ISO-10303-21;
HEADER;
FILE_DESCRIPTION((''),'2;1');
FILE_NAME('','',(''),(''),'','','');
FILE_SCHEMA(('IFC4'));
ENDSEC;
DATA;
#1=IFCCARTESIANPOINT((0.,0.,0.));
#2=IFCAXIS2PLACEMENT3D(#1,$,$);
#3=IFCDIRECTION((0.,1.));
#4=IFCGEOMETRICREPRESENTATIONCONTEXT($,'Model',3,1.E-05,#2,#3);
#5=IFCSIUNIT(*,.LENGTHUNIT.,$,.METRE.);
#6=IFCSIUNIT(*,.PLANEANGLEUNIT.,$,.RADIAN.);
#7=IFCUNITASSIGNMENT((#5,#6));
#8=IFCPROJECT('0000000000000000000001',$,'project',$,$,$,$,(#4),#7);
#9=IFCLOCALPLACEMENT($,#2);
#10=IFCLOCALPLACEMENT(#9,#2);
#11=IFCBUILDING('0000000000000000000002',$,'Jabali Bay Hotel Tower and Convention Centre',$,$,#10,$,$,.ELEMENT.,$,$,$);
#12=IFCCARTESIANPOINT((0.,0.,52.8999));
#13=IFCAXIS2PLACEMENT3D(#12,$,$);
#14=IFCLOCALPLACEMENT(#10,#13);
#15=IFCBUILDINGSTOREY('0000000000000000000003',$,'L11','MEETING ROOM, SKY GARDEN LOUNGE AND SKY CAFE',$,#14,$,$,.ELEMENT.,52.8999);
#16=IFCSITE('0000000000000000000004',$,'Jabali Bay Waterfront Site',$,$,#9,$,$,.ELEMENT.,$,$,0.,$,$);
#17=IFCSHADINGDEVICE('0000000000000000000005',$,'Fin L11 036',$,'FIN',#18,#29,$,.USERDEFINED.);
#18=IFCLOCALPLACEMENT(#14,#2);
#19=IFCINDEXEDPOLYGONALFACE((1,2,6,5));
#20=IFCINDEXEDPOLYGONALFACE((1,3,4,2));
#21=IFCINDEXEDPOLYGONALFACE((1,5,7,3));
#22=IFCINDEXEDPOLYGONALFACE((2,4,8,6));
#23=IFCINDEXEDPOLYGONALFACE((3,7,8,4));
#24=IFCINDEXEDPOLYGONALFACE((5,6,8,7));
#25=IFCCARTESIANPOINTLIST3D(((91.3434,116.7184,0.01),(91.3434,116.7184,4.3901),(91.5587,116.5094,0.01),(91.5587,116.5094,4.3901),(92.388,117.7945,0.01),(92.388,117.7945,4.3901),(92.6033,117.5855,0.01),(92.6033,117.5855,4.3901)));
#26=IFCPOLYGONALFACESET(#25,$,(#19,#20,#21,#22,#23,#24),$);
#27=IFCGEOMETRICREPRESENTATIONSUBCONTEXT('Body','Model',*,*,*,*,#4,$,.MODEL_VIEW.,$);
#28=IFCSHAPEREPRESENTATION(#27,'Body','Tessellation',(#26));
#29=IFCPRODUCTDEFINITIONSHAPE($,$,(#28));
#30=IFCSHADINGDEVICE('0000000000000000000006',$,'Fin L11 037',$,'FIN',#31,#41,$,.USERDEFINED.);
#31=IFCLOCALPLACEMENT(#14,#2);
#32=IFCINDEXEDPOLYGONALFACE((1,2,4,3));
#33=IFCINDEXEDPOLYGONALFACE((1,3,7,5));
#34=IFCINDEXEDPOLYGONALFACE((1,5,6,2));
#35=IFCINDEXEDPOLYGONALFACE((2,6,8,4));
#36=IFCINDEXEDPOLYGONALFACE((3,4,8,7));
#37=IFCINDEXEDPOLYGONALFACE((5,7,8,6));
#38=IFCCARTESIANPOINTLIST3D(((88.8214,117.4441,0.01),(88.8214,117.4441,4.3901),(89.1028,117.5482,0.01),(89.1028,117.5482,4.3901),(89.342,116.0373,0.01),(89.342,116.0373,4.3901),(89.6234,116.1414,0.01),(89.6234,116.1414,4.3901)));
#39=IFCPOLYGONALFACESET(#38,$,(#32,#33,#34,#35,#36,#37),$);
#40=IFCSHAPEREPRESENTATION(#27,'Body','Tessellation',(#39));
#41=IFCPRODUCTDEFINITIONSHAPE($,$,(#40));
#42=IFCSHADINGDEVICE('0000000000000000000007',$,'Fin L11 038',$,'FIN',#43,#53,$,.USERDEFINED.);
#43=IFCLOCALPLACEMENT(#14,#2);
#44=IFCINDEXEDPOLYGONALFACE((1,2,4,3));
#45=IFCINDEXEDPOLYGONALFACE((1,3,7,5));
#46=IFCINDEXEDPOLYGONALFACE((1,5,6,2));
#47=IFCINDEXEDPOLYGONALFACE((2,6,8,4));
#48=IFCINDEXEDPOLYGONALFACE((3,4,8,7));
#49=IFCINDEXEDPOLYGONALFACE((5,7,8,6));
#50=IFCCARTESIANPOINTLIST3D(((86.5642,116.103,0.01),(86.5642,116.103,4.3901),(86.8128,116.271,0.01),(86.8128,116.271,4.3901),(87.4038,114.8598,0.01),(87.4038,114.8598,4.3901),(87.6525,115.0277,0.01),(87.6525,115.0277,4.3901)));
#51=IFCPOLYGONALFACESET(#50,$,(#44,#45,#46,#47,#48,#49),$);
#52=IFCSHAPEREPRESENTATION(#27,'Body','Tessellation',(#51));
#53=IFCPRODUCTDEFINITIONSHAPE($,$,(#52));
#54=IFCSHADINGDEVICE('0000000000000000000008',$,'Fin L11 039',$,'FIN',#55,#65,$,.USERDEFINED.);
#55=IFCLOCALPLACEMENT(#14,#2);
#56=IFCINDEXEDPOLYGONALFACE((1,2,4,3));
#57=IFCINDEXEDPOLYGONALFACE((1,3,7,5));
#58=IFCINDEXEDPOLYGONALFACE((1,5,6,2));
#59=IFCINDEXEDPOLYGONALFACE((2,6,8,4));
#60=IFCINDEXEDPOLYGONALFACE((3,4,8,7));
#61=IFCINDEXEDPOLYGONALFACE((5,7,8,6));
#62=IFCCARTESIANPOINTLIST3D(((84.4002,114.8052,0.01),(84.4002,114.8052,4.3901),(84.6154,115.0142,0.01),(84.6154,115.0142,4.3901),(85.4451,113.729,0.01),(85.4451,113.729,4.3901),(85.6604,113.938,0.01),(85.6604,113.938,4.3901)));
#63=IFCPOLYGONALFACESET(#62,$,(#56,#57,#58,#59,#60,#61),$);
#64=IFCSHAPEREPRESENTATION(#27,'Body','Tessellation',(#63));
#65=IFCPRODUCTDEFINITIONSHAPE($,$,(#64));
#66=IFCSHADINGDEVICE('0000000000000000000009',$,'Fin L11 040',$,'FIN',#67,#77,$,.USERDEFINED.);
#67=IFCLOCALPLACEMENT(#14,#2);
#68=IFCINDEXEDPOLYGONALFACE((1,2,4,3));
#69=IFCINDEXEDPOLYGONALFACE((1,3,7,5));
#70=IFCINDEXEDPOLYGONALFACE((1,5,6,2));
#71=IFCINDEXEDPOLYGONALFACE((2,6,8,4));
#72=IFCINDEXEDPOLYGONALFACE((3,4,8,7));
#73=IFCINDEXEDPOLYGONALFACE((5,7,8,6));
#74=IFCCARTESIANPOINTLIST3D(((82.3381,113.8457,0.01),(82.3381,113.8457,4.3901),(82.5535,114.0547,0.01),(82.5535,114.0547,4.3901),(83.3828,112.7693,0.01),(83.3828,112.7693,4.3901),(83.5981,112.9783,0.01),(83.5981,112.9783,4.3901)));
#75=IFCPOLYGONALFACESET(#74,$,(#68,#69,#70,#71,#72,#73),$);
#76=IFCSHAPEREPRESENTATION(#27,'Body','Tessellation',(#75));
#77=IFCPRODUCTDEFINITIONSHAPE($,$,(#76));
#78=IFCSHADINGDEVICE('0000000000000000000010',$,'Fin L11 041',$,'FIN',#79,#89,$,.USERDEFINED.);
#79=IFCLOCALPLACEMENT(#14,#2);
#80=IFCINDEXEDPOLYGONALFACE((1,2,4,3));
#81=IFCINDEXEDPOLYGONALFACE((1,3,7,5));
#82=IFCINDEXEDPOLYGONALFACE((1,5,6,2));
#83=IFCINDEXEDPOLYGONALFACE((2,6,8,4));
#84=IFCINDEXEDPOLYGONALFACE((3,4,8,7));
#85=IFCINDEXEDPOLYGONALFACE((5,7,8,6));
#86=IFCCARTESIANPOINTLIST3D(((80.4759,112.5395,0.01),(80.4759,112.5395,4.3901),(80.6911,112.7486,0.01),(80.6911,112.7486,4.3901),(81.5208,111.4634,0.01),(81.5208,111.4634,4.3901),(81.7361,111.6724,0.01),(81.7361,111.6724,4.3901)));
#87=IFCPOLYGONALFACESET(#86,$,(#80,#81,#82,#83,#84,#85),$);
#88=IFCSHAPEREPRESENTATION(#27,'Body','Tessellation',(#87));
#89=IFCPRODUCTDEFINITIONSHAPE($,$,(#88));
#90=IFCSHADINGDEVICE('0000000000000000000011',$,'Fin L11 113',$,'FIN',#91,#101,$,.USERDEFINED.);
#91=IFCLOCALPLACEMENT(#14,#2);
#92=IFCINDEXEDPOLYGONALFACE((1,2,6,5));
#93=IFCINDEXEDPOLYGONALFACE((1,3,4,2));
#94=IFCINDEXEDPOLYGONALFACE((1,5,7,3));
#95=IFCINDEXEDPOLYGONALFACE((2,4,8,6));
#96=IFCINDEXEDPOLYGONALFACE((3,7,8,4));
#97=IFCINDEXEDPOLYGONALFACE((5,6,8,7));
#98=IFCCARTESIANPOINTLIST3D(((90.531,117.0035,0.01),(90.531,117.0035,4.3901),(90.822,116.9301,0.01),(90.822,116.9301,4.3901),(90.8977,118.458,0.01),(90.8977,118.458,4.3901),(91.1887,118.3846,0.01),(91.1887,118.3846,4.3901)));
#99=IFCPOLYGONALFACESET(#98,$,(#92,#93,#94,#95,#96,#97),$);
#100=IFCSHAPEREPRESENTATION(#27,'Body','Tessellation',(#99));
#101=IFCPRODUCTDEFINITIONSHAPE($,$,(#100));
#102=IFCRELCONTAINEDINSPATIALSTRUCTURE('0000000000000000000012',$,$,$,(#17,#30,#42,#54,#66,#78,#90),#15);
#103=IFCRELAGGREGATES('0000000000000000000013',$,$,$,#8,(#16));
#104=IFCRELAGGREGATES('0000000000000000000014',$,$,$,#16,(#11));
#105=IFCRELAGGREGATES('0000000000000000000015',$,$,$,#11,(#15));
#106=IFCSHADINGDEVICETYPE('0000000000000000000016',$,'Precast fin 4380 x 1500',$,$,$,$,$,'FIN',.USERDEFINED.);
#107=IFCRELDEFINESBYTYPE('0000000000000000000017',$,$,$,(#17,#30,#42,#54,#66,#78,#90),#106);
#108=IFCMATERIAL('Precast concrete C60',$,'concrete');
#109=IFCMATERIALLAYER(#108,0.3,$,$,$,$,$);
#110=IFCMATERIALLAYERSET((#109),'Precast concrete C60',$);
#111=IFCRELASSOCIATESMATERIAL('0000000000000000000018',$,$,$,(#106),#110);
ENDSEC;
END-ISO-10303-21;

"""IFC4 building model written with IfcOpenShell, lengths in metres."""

from ifc_helpers import new_model, si_unit, direction, frame, frame_2d, origin, place, context, subcontext, project, spatial, rectangle, extrude, material, layer, layer_set, type_object, element, save


model = new_model("IFC4")

# Units and contexts
model_context = context("Model", 3, precision=1e-05, world=origin(), true_north=direction((0.0, 1.0)))
body_context = subcontext(model_context, "Body", "Model", "MODEL_VIEW")
ifc_project = project(units=[si_unit("LENGTHUNIT", "METRE"), si_unit("PLANEANGLEUNIT", "RADIAN")], contexts=[model_context])

# Site, building, storey
site_placement = place(None, origin())
site = spatial("IfcSite", under=ifc_project, at=site_placement, Name="Jabali Bay Waterfront Site", CompositionType="ELEMENT", RefElevation=0.0)
building_placement = place(site_placement, origin())
building = spatial("IfcBuilding", under=site, at=building_placement, Name="Jabali Bay Hotel Tower and Convention Centre", CompositionType="ELEMENT")
storey_placement = place(building_placement, frame((0.0, 0.0, 52.8999)))
storey = spatial("IfcBuildingStorey", under=building, at=storey_placement, Name="L11", Description="MEETING ROOM, SKY GARDEN LOUNGE AND SKY CAFE", CompositionType="ELEMENT", Elevation=52.8999)

# Shading devices
ifc_material_1 = material(Name="Precast concrete C60", Category="concrete")
ifc_layer_1 = layer(ifc_material_1, 0.3)
ifc_layer_set_1 = layer_set([ifc_layer_1], Name="Precast concrete C60")
shading_device_type = type_object("IfcShadingDeviceType", Name="Precast fin 4380 x 1500", ElementType="FIN", PredefinedType="USERDEFINED", material=ifc_layer_set_1)
shading_device_1_placement = place(storey_placement, frame((91.4509, 116.6138, 0.01), z_axis=(0.0, 0.0, 1.0), x_axis=(0.69653, 0.717528, 0.0)))
element("IfcShadingDevice", 1, at=shading_device_1_placement, inside=storey, type_object=shading_device_type, Name="Fin L11 036", ObjectType="FIN", PredefinedType="USERDEFINED", context=body_context, shape_type="SweptSolid", body=[
    extrude(rectangle(XDim=1.4998, YDim=0.3, at=frame_2d((0.75, 0.0))), origin(), (0.0, 0.0, 1.0), 4.3801),
])
shading_device_2_placement = place(storey_placement, frame((89.4827, 116.0894, 0.01), z_axis=(0.0, 0.0, 1.0), x_axis=(-0.347017, 0.937859, 0.0)))
element("IfcShadingDevice", 2, at=shading_device_2_placement, inside=storey, type_object=shading_device_type, Name="Fin L11 037", ObjectType="FIN", PredefinedType="USERDEFINED", context=body_context, shape_type="SweptSolid", body=[
    extrude(rectangle(XDim=1.5, YDim=0.3, at=frame_2d((0.75, 0.0))), origin(), (0.0, 0.0, 1.0), 4.3801),
])
shading_device_3_placement = place(storey_placement, frame((87.5281, 114.9438, 0.01), z_axis=(0.0, 0.0, 1.0), x_axis=(-0.559685, 0.828705, 0.0)))
element("IfcShadingDevice", 3, at=shading_device_3_placement, inside=storey, type_object=shading_device_type, Name="Fin L11 038", ObjectType="FIN", PredefinedType="USERDEFINED", context=body_context, shape_type="SweptSolid", body=[
    extrude(rectangle(XDim=1.5002, YDim=0.3, at=frame_2d((0.75, 0.0))), origin(), (0.0, 0.0, 1.0), 4.3801),
])
for number, where, z_axis, x_axis, name in (
    (4, (85.5527, 113.8335, 0.01), (0.0, 0.0, 1.0), (-0.696613, 0.717447, 0.0), "Fin L11 039"),
    (5, (83.4905, 112.8738, 0.01), (0.0, 0.0, 1.0), (-0.696448, 0.717607, 0.0), "Fin L11 040"),
    (6, (81.6284, 111.5679, 0.01), (0.0, 0.0, 1.0), (-0.696613, 0.717447, 0.0), "Fin L11 041"),
    (7, (90.6765, 116.9668, 0.01), (0.0, 0.0, 1.0), (0.24445, 0.969662, 0.0), "Fin L11 113"),
):
    element("IfcShadingDevice", number, at=place(storey_placement, frame(where, z_axis=z_axis, x_axis=x_axis)), inside=storey, type_object=shading_device_type, Name=name, ObjectType="FIN", PredefinedType="USERDEFINED", context=body_context, shape_type="SweptSolid", body=[
        extrude(rectangle(XDim=1.5, YDim=0.3, at=frame_2d((0.75, 0.0))), origin(), (0.0, 0.0, 1.0), 4.3801),
    ])

save(model, "model.ifc")
